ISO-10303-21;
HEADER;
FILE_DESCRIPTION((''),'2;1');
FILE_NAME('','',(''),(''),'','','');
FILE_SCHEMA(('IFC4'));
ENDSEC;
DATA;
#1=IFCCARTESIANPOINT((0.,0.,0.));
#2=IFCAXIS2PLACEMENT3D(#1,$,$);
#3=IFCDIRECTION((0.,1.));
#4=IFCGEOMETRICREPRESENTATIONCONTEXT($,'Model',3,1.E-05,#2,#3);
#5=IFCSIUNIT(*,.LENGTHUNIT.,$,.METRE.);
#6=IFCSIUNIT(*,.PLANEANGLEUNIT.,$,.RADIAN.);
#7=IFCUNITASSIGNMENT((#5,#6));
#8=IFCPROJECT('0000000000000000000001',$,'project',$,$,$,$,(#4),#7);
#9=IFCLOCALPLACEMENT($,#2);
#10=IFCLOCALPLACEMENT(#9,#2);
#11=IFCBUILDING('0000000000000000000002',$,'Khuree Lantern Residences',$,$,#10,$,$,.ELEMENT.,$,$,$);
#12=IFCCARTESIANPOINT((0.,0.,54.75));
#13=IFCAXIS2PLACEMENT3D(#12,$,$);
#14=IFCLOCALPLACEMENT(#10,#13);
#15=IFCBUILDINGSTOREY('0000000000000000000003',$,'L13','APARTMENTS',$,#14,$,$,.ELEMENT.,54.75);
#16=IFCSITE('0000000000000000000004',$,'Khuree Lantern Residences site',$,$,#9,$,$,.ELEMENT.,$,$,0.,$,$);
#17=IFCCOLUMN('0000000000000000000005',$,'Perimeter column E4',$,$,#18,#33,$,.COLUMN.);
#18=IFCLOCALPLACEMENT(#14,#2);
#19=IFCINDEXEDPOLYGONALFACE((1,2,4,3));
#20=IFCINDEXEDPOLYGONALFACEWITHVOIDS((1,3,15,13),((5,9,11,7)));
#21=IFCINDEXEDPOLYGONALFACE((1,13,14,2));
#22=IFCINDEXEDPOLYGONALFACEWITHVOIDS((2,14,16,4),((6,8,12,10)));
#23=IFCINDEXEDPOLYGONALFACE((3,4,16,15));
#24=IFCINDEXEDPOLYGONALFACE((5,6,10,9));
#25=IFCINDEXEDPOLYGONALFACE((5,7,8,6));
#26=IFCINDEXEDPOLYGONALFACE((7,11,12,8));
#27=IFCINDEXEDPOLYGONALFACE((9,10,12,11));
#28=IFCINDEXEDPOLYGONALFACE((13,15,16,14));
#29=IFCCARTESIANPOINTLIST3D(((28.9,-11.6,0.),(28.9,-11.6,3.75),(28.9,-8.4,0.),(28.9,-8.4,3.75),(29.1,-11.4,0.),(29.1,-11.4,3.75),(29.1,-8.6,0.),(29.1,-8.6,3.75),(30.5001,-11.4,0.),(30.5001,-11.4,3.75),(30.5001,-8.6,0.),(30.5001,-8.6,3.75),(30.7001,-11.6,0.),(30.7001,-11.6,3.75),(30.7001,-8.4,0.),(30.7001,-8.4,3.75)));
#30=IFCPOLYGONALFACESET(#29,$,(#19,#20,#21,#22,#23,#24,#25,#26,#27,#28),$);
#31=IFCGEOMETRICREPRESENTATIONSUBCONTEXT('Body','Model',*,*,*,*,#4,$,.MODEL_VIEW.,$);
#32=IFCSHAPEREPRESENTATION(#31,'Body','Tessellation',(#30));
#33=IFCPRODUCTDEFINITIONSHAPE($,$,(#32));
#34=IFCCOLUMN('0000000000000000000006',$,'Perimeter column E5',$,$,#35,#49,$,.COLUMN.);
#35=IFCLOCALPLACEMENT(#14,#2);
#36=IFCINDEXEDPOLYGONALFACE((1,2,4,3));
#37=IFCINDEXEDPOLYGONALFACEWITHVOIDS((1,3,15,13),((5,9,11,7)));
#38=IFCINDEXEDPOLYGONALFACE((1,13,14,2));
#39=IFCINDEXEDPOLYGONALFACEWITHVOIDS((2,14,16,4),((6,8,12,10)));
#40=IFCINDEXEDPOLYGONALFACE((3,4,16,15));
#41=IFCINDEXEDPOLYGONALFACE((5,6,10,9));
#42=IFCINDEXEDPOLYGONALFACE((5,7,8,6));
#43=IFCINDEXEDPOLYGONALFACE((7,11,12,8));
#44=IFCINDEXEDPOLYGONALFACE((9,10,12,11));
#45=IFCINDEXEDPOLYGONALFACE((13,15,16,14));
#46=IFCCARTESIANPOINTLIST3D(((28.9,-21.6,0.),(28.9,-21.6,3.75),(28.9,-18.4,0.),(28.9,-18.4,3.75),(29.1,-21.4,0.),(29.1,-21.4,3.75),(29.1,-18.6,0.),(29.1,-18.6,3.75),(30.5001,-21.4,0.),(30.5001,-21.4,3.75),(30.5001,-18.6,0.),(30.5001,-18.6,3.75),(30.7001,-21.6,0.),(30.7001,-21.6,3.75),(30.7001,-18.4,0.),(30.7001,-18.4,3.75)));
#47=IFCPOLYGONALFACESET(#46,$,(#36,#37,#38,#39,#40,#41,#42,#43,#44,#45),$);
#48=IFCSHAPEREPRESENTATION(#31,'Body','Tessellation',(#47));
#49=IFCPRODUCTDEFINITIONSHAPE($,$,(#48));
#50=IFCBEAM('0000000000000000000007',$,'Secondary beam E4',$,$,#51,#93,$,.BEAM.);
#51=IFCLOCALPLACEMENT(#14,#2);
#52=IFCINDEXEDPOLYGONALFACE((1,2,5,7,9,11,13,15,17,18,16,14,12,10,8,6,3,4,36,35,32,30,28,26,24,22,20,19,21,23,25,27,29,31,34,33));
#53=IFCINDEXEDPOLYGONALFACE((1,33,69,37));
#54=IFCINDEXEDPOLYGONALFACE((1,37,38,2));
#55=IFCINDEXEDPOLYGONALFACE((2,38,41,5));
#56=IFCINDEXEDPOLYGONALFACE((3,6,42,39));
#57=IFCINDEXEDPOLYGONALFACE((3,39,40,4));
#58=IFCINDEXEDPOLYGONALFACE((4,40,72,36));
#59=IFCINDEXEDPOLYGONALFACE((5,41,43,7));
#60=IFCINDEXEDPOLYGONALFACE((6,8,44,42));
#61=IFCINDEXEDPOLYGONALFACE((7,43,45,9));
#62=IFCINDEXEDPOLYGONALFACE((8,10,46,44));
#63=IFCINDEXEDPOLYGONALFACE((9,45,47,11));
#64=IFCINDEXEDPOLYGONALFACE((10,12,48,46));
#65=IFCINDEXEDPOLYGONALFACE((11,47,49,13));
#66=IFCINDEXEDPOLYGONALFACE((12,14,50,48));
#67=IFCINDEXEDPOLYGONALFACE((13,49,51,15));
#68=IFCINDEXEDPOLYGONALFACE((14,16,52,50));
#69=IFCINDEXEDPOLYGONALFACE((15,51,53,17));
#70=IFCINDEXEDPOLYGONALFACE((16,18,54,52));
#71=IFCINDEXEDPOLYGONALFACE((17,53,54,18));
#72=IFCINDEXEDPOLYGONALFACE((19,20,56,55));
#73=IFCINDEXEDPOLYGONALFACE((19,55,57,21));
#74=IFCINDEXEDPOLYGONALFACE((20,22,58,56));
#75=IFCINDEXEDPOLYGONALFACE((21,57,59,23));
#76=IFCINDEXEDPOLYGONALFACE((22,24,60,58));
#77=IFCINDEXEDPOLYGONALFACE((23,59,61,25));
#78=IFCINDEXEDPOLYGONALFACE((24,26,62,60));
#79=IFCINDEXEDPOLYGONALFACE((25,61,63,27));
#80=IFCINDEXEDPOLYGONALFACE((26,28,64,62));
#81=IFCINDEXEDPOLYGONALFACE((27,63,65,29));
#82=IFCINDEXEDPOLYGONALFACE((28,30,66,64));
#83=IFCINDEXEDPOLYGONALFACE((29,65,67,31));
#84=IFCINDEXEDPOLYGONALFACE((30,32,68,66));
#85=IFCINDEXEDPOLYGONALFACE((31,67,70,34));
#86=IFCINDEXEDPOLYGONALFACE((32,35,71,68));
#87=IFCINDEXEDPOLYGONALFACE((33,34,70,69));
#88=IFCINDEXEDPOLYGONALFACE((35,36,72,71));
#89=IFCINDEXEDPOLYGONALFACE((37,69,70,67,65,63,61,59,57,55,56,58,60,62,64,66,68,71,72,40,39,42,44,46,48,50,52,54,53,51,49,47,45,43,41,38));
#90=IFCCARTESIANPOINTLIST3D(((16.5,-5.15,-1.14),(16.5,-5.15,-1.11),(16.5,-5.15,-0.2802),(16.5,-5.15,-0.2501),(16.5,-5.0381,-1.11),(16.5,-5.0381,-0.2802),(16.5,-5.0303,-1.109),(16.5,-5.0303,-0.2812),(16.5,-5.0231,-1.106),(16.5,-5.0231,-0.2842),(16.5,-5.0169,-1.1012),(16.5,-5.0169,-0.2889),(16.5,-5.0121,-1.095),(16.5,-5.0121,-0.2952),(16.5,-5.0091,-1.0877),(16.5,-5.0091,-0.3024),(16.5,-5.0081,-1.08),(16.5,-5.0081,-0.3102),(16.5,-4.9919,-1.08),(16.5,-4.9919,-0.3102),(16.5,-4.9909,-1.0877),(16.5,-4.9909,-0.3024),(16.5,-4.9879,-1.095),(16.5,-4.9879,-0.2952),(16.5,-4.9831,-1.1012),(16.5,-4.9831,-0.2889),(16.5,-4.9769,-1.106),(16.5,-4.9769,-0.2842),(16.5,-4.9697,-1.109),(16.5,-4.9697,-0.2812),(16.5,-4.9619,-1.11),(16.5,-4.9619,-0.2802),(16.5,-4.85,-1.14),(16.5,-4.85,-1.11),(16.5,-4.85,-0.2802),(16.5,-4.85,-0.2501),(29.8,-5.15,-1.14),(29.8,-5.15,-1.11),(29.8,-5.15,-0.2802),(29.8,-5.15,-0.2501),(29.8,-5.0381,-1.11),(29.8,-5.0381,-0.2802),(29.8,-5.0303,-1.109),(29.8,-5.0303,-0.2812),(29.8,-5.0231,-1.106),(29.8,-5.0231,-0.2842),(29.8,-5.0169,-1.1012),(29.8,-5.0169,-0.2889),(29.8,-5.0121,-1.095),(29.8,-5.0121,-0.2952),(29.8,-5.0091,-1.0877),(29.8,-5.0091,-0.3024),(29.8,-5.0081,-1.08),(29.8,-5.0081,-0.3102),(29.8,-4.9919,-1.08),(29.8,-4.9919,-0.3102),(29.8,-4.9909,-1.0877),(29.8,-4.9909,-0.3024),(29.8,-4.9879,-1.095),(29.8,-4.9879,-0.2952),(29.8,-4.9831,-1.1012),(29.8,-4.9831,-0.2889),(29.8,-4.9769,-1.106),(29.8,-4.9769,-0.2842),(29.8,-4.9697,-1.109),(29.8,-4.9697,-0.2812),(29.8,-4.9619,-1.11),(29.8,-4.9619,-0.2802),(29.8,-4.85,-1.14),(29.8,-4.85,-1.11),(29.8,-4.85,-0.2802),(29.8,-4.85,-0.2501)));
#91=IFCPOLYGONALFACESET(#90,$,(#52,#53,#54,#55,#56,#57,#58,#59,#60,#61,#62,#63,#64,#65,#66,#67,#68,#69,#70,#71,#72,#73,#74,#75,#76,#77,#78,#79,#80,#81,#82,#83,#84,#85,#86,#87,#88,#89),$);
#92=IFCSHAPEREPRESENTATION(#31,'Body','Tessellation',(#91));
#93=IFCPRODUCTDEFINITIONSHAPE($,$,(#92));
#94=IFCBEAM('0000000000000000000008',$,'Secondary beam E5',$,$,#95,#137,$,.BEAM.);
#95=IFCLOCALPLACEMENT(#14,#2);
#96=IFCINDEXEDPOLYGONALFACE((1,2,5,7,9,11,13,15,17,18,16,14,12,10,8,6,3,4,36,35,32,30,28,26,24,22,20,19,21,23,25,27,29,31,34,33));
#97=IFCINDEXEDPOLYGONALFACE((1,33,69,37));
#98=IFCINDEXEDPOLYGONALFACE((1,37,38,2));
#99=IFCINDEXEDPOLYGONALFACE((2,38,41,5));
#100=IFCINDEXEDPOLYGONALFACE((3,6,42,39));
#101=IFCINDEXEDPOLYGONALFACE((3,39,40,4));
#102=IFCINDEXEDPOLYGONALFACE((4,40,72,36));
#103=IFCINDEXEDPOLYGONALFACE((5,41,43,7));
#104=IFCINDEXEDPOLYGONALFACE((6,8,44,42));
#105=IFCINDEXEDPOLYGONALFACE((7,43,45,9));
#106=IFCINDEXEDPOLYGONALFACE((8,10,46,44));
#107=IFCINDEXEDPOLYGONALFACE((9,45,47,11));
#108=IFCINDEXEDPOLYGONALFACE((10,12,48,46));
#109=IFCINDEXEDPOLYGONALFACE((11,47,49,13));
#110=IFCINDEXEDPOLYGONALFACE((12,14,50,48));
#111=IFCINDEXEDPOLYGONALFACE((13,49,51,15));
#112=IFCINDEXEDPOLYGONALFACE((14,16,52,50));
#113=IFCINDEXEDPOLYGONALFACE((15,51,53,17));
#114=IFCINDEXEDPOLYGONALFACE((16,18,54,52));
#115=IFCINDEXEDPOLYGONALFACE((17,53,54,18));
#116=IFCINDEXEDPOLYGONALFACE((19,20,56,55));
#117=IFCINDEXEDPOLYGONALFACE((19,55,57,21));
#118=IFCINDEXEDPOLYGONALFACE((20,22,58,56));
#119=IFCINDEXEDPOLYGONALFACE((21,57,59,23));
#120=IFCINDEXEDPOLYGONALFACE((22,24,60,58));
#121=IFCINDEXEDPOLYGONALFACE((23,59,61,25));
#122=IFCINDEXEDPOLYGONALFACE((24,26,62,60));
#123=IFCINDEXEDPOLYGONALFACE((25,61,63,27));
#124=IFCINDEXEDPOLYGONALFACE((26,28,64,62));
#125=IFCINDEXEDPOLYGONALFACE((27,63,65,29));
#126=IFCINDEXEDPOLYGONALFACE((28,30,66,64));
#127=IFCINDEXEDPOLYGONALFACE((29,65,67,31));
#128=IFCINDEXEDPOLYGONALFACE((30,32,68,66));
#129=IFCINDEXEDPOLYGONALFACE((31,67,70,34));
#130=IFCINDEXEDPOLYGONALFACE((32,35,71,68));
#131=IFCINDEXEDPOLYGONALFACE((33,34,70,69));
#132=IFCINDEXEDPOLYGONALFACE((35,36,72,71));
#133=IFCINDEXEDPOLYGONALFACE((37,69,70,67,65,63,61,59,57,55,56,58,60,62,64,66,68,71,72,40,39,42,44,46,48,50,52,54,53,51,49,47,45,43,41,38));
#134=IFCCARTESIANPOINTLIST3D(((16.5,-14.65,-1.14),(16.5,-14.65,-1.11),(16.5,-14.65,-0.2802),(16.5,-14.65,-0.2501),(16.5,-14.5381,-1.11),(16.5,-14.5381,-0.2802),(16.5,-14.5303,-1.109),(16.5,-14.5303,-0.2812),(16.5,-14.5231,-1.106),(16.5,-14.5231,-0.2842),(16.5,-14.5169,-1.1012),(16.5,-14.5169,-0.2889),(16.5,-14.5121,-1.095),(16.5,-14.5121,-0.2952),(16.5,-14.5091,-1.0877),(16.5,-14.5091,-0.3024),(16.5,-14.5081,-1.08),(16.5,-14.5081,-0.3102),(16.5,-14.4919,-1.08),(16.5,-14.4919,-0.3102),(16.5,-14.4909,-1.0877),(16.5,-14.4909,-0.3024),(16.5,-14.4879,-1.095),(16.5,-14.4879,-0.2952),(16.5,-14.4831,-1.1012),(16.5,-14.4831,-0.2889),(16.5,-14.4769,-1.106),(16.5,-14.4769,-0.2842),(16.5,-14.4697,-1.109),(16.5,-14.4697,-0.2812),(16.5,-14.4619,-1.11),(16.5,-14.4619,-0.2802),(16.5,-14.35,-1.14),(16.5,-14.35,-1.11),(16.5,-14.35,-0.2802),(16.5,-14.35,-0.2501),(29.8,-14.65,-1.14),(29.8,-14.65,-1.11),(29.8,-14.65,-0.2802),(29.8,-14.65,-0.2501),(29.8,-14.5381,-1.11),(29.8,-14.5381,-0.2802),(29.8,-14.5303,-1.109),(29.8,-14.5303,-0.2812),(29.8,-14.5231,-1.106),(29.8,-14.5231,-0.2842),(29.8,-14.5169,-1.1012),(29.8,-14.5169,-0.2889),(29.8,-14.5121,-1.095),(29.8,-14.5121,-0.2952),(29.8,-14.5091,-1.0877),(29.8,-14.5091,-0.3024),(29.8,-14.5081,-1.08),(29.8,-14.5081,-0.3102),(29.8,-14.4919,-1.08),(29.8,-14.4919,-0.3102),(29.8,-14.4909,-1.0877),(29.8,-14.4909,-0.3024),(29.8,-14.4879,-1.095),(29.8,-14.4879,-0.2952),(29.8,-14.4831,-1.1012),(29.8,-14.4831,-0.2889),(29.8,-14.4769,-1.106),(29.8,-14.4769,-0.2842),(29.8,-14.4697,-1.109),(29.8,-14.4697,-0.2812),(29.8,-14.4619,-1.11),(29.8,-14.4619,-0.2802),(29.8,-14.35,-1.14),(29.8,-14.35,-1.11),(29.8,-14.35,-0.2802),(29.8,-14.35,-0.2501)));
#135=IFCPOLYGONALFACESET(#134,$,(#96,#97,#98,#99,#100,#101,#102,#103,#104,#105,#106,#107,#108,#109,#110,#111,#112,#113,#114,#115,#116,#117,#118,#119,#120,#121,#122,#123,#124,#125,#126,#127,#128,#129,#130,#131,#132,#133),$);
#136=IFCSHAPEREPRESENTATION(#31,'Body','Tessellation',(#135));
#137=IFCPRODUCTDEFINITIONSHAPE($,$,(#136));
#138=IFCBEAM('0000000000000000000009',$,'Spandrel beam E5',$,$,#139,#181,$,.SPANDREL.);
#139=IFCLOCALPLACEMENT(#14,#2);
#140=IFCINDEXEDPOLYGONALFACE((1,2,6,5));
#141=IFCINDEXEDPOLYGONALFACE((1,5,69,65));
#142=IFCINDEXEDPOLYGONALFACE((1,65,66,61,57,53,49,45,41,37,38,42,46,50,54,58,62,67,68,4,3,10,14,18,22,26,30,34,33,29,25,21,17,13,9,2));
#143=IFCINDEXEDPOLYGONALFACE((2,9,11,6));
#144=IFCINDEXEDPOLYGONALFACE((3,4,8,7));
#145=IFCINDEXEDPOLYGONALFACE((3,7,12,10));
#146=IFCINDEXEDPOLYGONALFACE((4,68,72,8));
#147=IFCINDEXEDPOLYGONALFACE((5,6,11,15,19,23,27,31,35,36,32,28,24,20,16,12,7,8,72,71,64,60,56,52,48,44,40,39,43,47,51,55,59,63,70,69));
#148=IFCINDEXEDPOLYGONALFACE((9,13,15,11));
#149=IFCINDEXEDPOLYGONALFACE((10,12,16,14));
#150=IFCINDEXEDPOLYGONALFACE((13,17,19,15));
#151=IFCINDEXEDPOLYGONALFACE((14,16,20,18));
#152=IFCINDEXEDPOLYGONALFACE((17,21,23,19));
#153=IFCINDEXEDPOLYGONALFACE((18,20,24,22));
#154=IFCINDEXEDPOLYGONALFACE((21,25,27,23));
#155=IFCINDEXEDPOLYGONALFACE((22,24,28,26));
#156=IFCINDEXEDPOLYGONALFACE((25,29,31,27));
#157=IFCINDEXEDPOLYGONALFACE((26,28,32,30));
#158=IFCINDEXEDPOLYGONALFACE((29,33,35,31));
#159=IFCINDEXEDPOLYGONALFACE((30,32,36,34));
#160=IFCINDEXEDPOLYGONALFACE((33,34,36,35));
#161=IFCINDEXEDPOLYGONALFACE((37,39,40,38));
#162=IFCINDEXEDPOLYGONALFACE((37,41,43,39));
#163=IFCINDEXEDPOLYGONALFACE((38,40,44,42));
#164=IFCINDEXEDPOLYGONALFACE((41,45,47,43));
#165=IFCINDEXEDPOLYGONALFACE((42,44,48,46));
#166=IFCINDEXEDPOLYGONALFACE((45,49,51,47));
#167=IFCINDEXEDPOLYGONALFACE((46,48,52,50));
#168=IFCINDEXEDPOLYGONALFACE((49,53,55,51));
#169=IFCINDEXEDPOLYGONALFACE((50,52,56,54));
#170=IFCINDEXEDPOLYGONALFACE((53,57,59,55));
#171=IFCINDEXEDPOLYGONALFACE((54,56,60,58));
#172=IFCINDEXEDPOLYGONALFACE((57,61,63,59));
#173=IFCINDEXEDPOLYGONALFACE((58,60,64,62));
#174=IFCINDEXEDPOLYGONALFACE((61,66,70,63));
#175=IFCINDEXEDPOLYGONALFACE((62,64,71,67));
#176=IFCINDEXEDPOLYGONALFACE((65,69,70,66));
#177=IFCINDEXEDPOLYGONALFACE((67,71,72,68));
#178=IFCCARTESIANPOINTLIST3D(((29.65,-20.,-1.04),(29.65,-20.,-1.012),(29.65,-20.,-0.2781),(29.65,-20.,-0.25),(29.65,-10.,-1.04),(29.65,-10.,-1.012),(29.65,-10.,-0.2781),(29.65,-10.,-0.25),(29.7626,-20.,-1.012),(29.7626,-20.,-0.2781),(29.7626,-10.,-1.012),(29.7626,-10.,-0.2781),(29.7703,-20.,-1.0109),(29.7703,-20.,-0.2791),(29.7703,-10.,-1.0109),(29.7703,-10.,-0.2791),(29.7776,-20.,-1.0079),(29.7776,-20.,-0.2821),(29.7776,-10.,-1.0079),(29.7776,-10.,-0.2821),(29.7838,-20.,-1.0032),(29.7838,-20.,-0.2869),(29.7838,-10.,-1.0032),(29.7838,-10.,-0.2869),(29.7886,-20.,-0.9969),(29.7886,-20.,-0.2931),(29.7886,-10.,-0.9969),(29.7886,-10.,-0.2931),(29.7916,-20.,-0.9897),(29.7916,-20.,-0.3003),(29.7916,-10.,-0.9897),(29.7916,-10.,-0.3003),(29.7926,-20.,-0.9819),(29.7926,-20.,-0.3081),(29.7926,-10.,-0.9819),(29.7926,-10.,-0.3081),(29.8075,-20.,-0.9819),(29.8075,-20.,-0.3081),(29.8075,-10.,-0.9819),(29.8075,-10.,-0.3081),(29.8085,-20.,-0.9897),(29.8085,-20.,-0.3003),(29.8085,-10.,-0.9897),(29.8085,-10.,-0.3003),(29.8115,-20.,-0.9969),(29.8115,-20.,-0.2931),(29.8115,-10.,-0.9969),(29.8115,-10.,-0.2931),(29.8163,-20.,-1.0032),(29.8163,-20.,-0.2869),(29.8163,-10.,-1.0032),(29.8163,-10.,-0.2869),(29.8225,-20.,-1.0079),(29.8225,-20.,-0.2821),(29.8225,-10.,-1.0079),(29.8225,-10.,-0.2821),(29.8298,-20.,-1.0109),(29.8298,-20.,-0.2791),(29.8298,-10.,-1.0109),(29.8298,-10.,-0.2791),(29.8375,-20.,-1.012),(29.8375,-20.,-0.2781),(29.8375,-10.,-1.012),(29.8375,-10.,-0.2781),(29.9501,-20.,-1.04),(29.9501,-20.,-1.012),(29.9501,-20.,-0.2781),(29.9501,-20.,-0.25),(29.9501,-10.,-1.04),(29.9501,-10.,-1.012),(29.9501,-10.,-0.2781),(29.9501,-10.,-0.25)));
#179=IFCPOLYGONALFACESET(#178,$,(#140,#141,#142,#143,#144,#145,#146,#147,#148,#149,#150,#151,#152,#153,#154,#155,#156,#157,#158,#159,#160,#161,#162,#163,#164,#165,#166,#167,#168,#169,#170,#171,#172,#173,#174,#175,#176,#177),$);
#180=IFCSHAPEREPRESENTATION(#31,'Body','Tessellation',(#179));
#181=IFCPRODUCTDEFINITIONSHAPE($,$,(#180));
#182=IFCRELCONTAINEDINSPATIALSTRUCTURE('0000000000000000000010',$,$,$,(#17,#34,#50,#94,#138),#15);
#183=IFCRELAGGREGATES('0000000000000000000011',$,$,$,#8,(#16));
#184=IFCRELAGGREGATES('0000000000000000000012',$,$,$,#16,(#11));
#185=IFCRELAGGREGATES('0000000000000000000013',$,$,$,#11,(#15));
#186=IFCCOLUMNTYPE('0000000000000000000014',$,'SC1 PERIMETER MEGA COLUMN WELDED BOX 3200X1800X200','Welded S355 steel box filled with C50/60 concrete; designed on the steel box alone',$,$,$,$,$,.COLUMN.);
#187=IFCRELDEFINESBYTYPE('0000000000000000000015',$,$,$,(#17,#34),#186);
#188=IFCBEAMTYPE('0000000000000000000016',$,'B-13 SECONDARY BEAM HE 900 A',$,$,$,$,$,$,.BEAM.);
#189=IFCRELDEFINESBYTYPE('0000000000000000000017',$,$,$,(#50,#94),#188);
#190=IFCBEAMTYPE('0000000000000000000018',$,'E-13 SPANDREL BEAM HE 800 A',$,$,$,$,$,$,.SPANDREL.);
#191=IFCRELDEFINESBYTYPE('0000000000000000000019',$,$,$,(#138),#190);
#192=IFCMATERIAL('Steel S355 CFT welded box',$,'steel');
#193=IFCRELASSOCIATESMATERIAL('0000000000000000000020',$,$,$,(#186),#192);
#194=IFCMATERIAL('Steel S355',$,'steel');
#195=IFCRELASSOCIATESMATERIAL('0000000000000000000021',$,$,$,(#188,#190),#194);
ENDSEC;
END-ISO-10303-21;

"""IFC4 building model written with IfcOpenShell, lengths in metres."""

from ifc_helpers import new_model, si_unit, direction, frame, origin, origin_2d, place, context, subcontext, project, spatial, hollow_rectangle, i_section, extrude, material, material_profile, profile_set, type_object, element, save


model = new_model("IFC4")

# Units and contexts
model_context = context("Model", 3, precision=1e-05, world=origin(), true_north=direction((0.0, 1.0)))
body_context = subcontext(model_context, "Body", "Model", "MODEL_VIEW")
ifc_project = project(units=[si_unit("LENGTHUNIT", "METRE"), si_unit("PLANEANGLEUNIT", "RADIAN")], contexts=[model_context])

# Site, building, storey
site_placement = place(None, origin())
site = spatial("IfcSite", under=ifc_project, at=site_placement, Name="Khuree Lantern Residences site", CompositionType="ELEMENT", RefElevation=0.0)
building_placement = place(site_placement, origin())
building = spatial("IfcBuilding", under=site, at=building_placement, Name="Khuree Lantern Residences", CompositionType="ELEMENT")
storey_placement = place(building_placement, frame((0.0, 0.0, 54.75)))
storey = spatial("IfcBuildingStorey", under=building, at=storey_placement, Name="L13", Description="APARTMENTS", CompositionType="ELEMENT", Elevation=54.75)

# Columns
ifc_material_1 = material(Name="Steel S355 CFT welded box", Category="steel")
ifc_material_profile_1 = material_profile(ifc_material_1, hollow_rectangle(XDim=3.2, YDim=1.8, WallThickness=0.2, at=origin_2d()), Name="WELDED BOX 3200X1800X200")
ifc_profile_set_1 = profile_set([ifc_material_profile_1], Name="Steel S355 CFT welded box")
column_type = type_object("IfcColumnType", Name="SC1 PERIMETER MEGA COLUMN WELDED BOX 3200X1800X200", Description="Welded S355 steel box filled with C50/60 concrete; designed on the steel box alone", PredefinedType="COLUMN", material=ifc_profile_set_1)
for number, where, z_axis, x_axis, name in (
    (1, (29.8, -10.0, 0.0), (0.0, 0.0, 1.0), (0.0, 1.0, 0.0), "Perimeter column E4"),
    (2, (29.8, -20.0, 0.0), (0.0, 0.0, 1.0), (0.0, 1.0, 0.0), "Perimeter column E5"),
):
    element("IfcColumn", number, at=place(storey_placement, frame(where, z_axis=z_axis, x_axis=x_axis)), inside=storey, type_object=column_type, Name=name, PredefinedType="COLUMN", context=body_context, shape_type="SweptSolid", body=[
        extrude(hollow_rectangle(XDim=3.2, YDim=1.8, WallThickness=0.2, at=origin_2d()), origin(), (0.0, 0.0, 1.0), 3.75),
    ])

# Beams
ifc_material_2 = material(Name="Steel S355", Category="steel")
ifc_material_profile_2 = material_profile(ifc_material_2, i_section(OverallWidth=0.3, OverallDepth=0.8899, WebThickness=0.0161, FlangeThickness=0.03, FilletRadius=0.03, at=origin_2d()), Name="HE 900 A")
ifc_profile_set_2 = profile_set([ifc_material_profile_2], Name="Steel S355")
beam_type_1 = type_object("IfcBeamType", Name="B-13 SECONDARY BEAM HE 900 A", PredefinedType="BEAM", material=ifc_profile_set_2)
for number, where, z_axis, x_axis, name in (
    (3, (29.8, -5.0, -0.6951), (-1.0, 0.0, 0.0), (0.0, -1.0, 0.0), "Secondary beam E4"),
    (4, (29.8, -14.5, -0.6951), (-1.0, 0.0, 0.0), (0.0, -1.0, 0.0), "Secondary beam E5"),
):
    element("IfcBeam", number, at=place(storey_placement, frame(where, z_axis=z_axis, x_axis=x_axis)), inside=storey, type_object=beam_type_1, Name=name, PredefinedType="BEAM", context=body_context, shape_type="SweptSolid", body=[
        extrude(i_section(OverallWidth=0.3, OverallDepth=0.8899, WebThickness=0.0161, FlangeThickness=0.03, FilletRadius=0.03, at=origin_2d()), origin(), (0.0, 0.0, 1.0), 13.3),
    ])
ifc_material_profile_3 = material_profile(ifc_material_2, i_section(OverallWidth=0.3, OverallDepth=0.79, WebThickness=0.0149, FlangeThickness=0.0281, FilletRadius=0.03, at=origin_2d()), Name="HE 800 A")
ifc_profile_set_3 = profile_set([ifc_material_profile_3], Name="Steel S355")
beam_type_2 = type_object("IfcBeamType", Name="E-13 SPANDREL BEAM HE 800 A", PredefinedType="SPANDREL", material=ifc_profile_set_3)
beam_1_placement = place(storey_placement, frame((29.8, -10.0, -0.645), z_axis=(0.0, -1.0, 0.0), x_axis=(1.0, 0.0, 0.0)))
element("IfcBeam", 5, at=beam_1_placement, inside=storey, type_object=beam_type_2, Name="Spandrel beam E5", PredefinedType="SPANDREL", context=body_context, shape_type="SweptSolid", body=[
    extrude(i_section(OverallWidth=0.3, OverallDepth=0.79, WebThickness=0.0149, FlangeThickness=0.0281, FilletRadius=0.03, at=origin_2d()), origin(), (0.0, 0.0, 1.0), 10.0),
])

save(model, "model.ifc")
